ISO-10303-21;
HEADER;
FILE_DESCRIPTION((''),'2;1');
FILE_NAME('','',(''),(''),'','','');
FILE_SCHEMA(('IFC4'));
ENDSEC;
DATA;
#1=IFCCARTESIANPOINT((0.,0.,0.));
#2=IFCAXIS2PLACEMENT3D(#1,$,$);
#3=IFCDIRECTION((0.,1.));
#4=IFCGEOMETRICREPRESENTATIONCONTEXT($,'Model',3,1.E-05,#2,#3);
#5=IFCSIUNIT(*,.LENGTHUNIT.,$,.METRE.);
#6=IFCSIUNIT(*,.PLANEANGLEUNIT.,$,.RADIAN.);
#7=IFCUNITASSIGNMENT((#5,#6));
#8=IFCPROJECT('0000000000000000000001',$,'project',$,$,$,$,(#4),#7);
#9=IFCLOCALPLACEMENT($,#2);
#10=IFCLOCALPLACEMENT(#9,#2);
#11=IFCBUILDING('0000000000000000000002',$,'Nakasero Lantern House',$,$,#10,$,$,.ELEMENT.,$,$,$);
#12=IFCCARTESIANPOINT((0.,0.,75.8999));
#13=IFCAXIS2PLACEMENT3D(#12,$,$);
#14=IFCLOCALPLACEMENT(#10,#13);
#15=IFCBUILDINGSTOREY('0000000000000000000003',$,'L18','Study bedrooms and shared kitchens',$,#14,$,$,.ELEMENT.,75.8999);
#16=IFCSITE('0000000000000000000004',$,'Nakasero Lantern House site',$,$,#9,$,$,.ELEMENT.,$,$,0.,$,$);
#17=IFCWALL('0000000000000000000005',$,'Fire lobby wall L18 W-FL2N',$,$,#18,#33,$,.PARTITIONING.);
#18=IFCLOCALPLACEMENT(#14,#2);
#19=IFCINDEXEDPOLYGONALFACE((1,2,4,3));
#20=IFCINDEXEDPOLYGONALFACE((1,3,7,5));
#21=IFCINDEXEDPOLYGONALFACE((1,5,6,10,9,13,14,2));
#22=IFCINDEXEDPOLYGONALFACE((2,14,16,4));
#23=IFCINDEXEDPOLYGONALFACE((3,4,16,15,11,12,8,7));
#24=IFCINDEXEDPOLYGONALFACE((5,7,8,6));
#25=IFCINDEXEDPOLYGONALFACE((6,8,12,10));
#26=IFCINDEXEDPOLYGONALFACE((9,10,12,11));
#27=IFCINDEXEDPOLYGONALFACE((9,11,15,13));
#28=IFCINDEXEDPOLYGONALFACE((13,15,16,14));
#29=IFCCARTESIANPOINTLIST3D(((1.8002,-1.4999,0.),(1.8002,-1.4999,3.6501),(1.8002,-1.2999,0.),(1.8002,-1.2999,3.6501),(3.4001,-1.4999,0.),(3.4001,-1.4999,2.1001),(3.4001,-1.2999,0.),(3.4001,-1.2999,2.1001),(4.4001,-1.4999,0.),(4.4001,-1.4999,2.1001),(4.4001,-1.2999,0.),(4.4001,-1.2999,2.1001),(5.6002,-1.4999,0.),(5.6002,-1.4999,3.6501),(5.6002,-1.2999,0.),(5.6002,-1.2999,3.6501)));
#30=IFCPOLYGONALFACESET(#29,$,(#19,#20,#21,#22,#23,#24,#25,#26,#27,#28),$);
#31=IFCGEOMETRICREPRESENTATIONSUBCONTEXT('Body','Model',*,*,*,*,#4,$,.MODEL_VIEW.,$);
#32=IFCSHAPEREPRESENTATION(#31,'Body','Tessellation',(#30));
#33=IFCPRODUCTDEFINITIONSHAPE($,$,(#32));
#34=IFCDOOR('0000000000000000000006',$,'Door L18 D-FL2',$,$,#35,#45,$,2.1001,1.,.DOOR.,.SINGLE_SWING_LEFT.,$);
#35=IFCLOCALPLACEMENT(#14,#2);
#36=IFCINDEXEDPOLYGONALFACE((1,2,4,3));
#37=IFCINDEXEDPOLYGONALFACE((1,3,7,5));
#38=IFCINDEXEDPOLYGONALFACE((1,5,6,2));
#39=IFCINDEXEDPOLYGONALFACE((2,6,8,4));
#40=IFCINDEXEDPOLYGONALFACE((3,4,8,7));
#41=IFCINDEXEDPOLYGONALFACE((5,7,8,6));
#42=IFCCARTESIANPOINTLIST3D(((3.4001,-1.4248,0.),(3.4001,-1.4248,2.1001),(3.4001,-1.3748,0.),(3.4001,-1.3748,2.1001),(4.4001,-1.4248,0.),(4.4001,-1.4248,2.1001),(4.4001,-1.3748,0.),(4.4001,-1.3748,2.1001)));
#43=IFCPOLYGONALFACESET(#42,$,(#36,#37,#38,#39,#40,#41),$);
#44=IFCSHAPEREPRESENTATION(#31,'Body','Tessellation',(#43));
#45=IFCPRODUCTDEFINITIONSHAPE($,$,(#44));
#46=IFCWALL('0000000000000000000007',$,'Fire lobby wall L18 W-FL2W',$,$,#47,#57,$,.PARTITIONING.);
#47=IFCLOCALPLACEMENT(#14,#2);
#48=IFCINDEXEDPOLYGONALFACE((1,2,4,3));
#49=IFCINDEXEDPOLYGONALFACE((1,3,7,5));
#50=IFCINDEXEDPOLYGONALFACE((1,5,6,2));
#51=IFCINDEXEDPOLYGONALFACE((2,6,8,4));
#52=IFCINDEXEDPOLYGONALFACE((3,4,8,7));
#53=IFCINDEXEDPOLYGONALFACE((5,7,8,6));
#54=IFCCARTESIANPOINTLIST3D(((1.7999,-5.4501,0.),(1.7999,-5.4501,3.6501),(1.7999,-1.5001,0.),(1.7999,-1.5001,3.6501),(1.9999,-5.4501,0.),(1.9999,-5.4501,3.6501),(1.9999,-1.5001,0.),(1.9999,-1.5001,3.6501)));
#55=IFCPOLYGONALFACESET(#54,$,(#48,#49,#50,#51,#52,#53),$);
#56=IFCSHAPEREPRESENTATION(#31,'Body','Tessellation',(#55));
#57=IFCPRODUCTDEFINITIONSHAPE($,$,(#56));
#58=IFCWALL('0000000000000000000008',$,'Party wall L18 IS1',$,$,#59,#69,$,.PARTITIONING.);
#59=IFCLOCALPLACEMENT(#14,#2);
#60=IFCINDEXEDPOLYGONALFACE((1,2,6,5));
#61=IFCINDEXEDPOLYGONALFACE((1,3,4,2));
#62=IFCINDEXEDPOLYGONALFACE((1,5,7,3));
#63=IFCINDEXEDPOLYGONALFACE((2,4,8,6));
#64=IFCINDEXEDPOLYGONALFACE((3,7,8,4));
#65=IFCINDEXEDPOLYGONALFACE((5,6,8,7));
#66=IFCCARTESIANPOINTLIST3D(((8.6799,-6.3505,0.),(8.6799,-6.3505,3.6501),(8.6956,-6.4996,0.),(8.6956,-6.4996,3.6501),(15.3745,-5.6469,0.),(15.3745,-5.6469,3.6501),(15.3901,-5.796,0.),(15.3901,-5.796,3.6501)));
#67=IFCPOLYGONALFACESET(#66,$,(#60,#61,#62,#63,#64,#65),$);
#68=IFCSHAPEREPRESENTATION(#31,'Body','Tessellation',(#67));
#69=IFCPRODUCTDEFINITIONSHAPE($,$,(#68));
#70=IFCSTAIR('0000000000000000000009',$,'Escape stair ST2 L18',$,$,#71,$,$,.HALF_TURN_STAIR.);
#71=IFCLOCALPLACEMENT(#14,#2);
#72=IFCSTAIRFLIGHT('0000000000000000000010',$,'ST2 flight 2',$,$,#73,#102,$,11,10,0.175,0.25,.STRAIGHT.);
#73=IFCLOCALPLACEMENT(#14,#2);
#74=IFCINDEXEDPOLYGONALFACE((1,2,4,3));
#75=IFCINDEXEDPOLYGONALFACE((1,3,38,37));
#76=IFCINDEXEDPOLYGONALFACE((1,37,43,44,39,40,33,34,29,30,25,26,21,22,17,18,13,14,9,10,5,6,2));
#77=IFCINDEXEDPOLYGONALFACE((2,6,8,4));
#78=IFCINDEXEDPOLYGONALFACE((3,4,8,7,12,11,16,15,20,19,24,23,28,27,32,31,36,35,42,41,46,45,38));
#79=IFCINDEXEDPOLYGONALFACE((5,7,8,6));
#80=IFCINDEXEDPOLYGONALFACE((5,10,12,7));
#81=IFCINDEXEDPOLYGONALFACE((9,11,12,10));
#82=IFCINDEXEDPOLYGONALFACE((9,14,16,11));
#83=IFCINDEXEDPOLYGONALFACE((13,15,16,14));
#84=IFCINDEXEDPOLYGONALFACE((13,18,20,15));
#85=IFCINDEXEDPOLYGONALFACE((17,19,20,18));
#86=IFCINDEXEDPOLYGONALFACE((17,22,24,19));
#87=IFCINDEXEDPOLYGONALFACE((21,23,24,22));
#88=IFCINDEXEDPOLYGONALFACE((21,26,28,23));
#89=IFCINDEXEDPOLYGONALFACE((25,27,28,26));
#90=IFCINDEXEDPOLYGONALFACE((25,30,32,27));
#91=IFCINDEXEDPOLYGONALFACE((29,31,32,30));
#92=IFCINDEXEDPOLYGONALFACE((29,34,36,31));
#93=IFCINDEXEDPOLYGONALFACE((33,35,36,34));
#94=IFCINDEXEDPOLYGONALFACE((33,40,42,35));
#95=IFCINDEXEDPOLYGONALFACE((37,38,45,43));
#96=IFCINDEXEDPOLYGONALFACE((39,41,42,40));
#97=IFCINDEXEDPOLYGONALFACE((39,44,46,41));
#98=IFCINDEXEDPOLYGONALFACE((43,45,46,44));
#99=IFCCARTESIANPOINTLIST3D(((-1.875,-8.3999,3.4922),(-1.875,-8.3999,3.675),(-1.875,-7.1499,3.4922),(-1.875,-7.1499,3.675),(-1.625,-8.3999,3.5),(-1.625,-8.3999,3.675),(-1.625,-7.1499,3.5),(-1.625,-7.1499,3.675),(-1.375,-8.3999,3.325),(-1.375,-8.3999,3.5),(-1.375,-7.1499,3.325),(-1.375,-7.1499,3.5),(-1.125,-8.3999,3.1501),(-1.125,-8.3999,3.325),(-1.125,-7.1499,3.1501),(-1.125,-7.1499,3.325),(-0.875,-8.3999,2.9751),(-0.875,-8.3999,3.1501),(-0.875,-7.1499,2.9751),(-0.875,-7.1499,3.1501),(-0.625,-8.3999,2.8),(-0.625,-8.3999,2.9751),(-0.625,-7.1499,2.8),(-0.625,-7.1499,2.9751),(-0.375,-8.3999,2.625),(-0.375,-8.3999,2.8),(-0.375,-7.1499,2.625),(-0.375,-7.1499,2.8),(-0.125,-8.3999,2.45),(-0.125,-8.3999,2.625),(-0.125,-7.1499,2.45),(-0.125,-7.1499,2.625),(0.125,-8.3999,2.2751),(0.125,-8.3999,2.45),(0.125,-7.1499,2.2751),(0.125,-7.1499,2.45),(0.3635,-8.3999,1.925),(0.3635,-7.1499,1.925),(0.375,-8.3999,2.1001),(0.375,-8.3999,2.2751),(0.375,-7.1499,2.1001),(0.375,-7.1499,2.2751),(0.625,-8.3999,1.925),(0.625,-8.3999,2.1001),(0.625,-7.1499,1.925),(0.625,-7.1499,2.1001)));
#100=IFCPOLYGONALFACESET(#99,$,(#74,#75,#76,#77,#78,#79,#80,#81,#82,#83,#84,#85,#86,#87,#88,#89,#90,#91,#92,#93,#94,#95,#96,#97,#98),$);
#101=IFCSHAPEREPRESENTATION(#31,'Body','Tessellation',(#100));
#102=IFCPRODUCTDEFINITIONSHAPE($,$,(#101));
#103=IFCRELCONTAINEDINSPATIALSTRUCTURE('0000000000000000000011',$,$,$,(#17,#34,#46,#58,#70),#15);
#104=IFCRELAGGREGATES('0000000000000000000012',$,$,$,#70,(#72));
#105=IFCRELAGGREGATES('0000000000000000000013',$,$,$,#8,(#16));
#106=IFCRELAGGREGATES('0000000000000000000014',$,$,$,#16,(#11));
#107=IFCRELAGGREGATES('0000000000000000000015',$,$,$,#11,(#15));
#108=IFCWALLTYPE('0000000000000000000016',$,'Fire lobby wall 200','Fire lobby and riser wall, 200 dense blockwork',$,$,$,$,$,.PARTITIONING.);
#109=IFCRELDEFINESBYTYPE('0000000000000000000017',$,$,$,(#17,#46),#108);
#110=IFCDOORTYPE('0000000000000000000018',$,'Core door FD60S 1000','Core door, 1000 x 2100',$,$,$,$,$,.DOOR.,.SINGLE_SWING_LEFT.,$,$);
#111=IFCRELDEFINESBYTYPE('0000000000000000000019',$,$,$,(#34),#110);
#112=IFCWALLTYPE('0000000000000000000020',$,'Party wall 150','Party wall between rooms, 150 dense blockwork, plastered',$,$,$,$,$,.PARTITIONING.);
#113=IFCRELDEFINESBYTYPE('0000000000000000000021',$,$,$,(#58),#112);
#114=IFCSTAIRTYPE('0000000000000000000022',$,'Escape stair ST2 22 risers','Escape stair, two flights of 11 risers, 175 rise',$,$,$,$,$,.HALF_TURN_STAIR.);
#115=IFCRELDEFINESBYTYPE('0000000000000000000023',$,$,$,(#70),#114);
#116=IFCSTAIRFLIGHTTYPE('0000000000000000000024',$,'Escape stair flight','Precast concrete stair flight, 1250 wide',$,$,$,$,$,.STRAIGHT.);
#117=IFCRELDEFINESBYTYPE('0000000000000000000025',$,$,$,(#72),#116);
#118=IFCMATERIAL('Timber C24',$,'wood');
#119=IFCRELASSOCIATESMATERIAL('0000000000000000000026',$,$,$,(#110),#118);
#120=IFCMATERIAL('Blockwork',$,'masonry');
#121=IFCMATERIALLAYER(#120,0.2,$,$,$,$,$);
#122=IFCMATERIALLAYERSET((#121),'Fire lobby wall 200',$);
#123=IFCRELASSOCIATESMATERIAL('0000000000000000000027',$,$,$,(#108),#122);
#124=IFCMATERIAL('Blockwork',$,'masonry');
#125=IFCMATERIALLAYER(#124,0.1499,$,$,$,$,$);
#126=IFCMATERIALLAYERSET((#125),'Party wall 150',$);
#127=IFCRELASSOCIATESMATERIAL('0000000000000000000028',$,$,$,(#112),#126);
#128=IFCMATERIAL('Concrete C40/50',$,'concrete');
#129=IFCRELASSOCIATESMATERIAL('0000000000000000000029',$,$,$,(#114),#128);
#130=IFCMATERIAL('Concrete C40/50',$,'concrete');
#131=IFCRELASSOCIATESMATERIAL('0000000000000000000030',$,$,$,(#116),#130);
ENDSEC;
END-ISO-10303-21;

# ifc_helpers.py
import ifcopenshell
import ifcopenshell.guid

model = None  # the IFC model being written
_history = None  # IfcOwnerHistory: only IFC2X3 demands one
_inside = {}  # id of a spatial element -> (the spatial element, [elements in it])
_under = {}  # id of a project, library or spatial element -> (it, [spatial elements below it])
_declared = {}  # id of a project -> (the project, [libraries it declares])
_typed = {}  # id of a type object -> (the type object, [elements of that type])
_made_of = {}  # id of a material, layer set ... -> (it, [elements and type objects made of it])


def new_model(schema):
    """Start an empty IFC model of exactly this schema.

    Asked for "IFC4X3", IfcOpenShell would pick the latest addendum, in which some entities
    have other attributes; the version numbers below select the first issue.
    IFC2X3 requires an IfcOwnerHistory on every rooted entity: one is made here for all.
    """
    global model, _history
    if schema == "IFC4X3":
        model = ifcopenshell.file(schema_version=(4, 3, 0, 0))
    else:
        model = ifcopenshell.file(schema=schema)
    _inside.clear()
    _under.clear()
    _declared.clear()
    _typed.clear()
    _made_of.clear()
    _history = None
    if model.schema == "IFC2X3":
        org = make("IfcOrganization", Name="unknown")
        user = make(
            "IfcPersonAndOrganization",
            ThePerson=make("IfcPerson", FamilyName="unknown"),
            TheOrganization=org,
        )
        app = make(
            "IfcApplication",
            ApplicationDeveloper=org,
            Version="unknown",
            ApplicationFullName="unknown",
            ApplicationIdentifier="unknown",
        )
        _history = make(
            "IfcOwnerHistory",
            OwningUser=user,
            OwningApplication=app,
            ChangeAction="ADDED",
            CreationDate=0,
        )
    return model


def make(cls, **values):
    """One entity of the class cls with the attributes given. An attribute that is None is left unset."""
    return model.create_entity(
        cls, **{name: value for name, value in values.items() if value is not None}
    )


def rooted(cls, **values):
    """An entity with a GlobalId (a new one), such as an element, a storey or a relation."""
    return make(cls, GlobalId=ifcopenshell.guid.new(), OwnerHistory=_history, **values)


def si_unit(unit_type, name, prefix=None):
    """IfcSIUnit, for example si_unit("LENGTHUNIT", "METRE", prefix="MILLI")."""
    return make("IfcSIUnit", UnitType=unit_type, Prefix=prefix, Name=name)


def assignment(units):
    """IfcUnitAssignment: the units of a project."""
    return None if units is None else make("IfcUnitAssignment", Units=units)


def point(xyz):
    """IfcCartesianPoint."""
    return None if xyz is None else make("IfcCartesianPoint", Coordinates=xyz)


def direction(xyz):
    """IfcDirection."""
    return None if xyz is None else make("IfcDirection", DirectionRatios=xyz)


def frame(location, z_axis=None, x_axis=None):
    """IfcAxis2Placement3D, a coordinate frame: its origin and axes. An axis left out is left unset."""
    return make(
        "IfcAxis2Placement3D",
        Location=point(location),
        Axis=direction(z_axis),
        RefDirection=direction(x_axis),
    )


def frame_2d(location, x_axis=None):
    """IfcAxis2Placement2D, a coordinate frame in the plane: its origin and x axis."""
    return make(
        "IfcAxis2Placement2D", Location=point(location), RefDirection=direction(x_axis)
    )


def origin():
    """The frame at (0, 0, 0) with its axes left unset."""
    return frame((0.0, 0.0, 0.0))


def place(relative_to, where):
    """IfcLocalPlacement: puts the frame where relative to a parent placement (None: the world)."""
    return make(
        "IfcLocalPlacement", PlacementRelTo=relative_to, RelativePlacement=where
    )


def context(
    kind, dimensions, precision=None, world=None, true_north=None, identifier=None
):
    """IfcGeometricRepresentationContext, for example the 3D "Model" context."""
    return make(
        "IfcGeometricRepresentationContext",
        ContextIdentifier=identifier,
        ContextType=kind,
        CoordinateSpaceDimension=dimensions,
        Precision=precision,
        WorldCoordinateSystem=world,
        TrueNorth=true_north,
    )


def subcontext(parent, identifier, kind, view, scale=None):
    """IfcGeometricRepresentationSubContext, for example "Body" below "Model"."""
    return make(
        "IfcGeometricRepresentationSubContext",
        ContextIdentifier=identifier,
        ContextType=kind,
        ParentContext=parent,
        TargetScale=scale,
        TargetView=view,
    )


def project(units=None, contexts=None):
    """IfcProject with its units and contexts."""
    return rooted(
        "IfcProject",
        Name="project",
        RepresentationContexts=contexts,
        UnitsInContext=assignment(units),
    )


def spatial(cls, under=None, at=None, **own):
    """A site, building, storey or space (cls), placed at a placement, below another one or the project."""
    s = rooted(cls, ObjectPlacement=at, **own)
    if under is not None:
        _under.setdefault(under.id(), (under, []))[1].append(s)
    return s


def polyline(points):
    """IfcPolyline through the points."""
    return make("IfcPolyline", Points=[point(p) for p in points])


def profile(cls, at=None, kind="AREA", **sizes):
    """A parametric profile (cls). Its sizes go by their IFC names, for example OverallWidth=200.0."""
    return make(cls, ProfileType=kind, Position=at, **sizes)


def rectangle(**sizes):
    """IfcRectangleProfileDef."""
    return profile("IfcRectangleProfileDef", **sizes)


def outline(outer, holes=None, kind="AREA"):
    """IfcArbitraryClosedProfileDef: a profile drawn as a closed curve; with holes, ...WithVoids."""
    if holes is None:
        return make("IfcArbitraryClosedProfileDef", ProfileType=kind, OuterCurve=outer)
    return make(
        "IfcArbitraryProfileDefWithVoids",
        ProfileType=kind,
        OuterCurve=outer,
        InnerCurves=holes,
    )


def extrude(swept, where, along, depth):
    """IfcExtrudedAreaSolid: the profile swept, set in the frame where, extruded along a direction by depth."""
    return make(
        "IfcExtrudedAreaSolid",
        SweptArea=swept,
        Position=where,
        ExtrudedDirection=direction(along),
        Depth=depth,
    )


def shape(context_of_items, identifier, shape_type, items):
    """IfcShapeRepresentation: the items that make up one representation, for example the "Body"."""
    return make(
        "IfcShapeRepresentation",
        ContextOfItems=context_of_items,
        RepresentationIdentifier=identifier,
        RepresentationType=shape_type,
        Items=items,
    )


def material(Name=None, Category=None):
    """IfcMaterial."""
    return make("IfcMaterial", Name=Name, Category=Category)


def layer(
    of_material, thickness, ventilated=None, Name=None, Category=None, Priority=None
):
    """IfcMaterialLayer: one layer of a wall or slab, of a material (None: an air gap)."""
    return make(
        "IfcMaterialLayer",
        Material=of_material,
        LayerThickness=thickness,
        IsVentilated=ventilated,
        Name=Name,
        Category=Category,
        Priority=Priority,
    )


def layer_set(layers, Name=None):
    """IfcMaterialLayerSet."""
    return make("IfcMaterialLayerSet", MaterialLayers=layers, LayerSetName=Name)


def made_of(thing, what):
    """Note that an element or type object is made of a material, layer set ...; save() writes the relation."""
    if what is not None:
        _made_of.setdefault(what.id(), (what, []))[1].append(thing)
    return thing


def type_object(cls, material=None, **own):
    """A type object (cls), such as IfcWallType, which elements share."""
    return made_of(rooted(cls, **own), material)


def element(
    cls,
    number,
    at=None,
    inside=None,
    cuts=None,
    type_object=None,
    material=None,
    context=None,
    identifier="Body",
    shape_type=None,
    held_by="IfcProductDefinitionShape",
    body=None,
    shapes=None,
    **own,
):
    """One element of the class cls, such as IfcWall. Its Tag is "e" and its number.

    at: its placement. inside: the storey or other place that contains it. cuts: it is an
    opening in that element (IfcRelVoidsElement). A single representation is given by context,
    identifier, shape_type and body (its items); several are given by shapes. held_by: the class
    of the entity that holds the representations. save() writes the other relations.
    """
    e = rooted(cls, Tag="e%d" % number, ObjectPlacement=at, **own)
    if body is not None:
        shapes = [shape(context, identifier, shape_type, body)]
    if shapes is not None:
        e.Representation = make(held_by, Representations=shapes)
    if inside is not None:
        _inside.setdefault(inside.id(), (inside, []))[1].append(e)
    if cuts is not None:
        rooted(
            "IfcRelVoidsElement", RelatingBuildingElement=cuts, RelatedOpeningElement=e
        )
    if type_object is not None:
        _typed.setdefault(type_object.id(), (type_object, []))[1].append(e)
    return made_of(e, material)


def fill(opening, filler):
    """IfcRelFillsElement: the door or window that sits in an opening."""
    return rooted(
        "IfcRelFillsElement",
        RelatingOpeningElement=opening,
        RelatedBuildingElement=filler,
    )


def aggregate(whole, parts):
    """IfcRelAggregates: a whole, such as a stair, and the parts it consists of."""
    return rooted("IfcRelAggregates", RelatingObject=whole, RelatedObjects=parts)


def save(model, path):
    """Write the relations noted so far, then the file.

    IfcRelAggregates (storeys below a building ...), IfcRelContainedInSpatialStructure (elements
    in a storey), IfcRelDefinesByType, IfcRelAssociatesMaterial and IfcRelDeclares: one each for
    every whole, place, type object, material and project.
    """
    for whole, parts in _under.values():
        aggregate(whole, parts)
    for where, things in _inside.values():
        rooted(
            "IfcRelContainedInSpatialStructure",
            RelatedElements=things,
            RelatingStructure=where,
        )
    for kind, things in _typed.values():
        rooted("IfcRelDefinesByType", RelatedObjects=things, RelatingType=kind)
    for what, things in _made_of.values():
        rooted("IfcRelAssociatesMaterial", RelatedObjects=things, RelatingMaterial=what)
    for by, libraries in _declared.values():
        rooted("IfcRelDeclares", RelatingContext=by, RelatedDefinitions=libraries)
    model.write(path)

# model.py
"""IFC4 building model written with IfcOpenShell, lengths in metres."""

from ifc_helpers import new_model, si_unit, direction, frame, frame_2d, origin, place, context, subcontext, project, spatial, polyline, rectangle, outline, extrude, material, layer, layer_set, type_object, element, fill, aggregate, save


model = new_model("IFC4")

# Units and contexts
model_context = context("Model", 3, precision=1e-05, world=origin(), true_north=direction((0.0, 1.0)))
body_context = subcontext(model_context, "Body", "Model", "MODEL_VIEW")
ifc_project = project(units=[si_unit("LENGTHUNIT", "METRE"), si_unit("PLANEANGLEUNIT", "RADIAN")], contexts=[model_context])

# Site, building, storey
site_placement = place(None, origin())
site = spatial("IfcSite", under=ifc_project, at=site_placement, Name="Nakasero Lantern House site", CompositionType="ELEMENT", RefElevation=0.0)
building_placement = place(site_placement, origin())
building = spatial("IfcBuilding", under=site, at=building_placement, Name="Nakasero Lantern House", CompositionType="ELEMENT")
storey_placement = place(building_placement, frame((0.0, 0.0, 75.8999)))
storey = spatial("IfcBuildingStorey", under=building, at=storey_placement, Name="L18", Description="Study bedrooms and shared kitchens", CompositionType="ELEMENT", Elevation=75.8999)

# Shared definitions
ifc_material_1 = material(Name="Timber C24", Category="wood")
door_type_1 = type_object("IfcDoorType", Name="Core door FD60S 1000", Description="Core door, 1000 x 2100", OperationType="SINGLE_SWING_LEFT", PredefinedType="DOOR", material=ifc_material_1)

# Wall, opening, door
ifc_material_2 = material(Name="Blockwork", Category="masonry")
ifc_layer_1 = layer(ifc_material_2, 0.2)
ifc_layer_set_1 = layer_set([ifc_layer_1], Name="Fire lobby wall 200")
wall_type_1 = type_object("IfcWallType", Name="Fire lobby wall 200", Description="Fire lobby and riser wall, 200 dense blockwork", PredefinedType="PARTITIONING", material=ifc_layer_set_1)
wall_1_placement = place(storey_placement, frame((5.6001, -1.3999, 0.0), z_axis=(0.0, 0.0, 1.0), x_axis=(-1.0, 0.0, 0.0)))
wall_1 = element("IfcWall", 1, at=wall_1_placement, inside=storey, type_object=wall_type_1, Name="Fire lobby wall L18 W-FL2N", PredefinedType="PARTITIONING", context=body_context, shape_type="SweptSolid", body=[
    extrude(rectangle(XDim=3.8, YDim=0.2, at=frame_2d((1.8999, 0.0))), origin(), (0.0, 0.0, 1.0), 3.6501),
])
opening_1_placement = place(wall_1_placement, frame((1.2, 0.0, 0.0)))
opening_1 = element("IfcOpeningElement", 2, at=opening_1_placement, cuts=wall_1, PredefinedType="OPENING", context=body_context, shape_type="SweptSolid", body=[
    extrude(rectangle(XDim=1.0, YDim=2.1001, at=frame_2d((0.5, 1.05))), frame((0.0, 0.1199, 0.0), z_axis=(0.0, -1.0, 0.0), x_axis=(1.0, 0.0, 0.0)), (0.0, 0.0, 1.0), 0.24),
])
door_1_placement = place(opening_1_placement, origin())
door_1 = element("IfcDoor", 3, at=door_1_placement, inside=storey, type_object=door_type_1, Name="Door L18 D-FL2", OperationType="SINGLE_SWING_LEFT", OverallHeight=2.1001, OverallWidth=1.0, PredefinedType="DOOR", context=body_context, shape_type="SweptSolid", body=[
    extrude(rectangle(XDim=1.0, YDim=2.1001, at=frame_2d((0.5, 1.05))), frame((0.0, 0.0249, 0.0), z_axis=(0.0, -1.0, 0.0), x_axis=(1.0, 0.0, 0.0)), (0.0, 0.0, 1.0), 0.05),
])
fill(opening_1, door_1)

# Walls
wall_2_placement = place(storey_placement, frame((1.8999, -1.5, 0.0), z_axis=(0.0, 0.0, 1.0), x_axis=(0.0, -1.0, 0.0)))
element("IfcWall", 4, at=wall_2_placement, inside=storey, type_object=wall_type_1, Name="Fire lobby wall L18 W-FL2W", PredefinedType="PARTITIONING", context=body_context, shape_type="SweptSolid", body=[
    extrude(rectangle(XDim=3.95, YDim=0.2, at=frame_2d((1.9751, 0.0))), origin(), (0.0, 0.0, 1.0), 3.6501),
])
ifc_material_3 = material(Name="Blockwork", Category="masonry")
ifc_layer_2 = layer(ifc_material_3, 0.1499)
ifc_layer_set_2 = layer_set([ifc_layer_2], Name="Party wall 150")
wall_type_2 = type_object("IfcWallType", Name="Party wall 150", Description="Party wall between rooms, 150 dense blockwork, plastered", PredefinedType="PARTITIONING", material=ifc_layer_set_2)
wall_3_placement = place(storey_placement, frame((8.6877, -6.425, 0.0), z_axis=(0.0, 0.0, 1.0), x_axis=(0.994522, 0.104526, 0.0)))
element("IfcWall", 5, at=wall_3_placement, inside=storey, type_object=wall_type_2, Name="Party wall L18 IS1", PredefinedType="PARTITIONING", context=body_context, shape_type="SweptSolid", body=[
    extrude(rectangle(XDim=6.7314, YDim=0.1499, at=frame_2d((3.3657, 0.0))), origin(), (0.0, 0.0, 1.0), 3.6501),
])

# Stair, stair flight
ifc_material_4 = material(Name="Concrete C40/50", Category="concrete")
stair_type = type_object("IfcStairType", Name="Escape stair ST2 22 risers", Description="Escape stair, two flights of 11 risers, 175 rise", PredefinedType="HALF_TURN_STAIR", material=ifc_material_4)
stair_placement = place(storey_placement, origin())
stair = element("IfcStair", 6, at=stair_placement, inside=storey, type_object=stair_type, Name="Escape stair ST2 L18", PredefinedType="HALF_TURN_STAIR")
ifc_material_5 = material(Name="Concrete C40/50", Category="concrete")
stair_flight_type = type_object("IfcStairFlightType", Name="Escape stair flight", Description="Precast concrete stair flight, 1250 wide", PredefinedType="STRAIGHT", material=ifc_material_5)
stair_flight_placement = place(storey_placement, frame((0.625, -7.7749, 1.925), z_axis=(0.0, 0.0, 1.0), x_axis=(-1.0, 0.0, 0.0)))
stair_flight = element("IfcStairFlight", 7, at=stair_flight_placement, type_object=stair_flight_type, Name="ST2 flight 2", NumberOfRisers=11, NumberOfTreads=10, PredefinedType="STRAIGHT", RiserHeight=0.175, TreadLength=0.25, context=body_context, shape_type="SweptSolid", body=[
    extrude(outline(polyline([(0.0, 0.0), (0.0, 0.175), (0.25, 0.175), (0.25, 0.3501), (0.5, 0.3501), (0.5, 0.5249), (0.75, 0.5249), (0.75, 0.7), (1.0, 0.7), (1.0, 0.875), (1.25, 0.875), (1.25, 1.05), (1.5, 1.05), (1.5, 1.2251), (1.75, 1.2251), (1.75, 1.3999), (2.0, 1.3999), (2.0, 1.575), (2.25, 1.575), (2.25, 1.75), (2.5, 1.75), (2.5, 1.925), (2.5, 1.5671), (0.2615, 0.0), (0.0, 0.0)])), frame((0.0, 0.625, 0.0), z_axis=(0.0, -1.0, 0.0), x_axis=(1.0, 0.0, 0.0)), (0.0, 0.0, 1.0), 1.25),
])
aggregate(stair, [stair_flight])

save(model, "model.ifc")
